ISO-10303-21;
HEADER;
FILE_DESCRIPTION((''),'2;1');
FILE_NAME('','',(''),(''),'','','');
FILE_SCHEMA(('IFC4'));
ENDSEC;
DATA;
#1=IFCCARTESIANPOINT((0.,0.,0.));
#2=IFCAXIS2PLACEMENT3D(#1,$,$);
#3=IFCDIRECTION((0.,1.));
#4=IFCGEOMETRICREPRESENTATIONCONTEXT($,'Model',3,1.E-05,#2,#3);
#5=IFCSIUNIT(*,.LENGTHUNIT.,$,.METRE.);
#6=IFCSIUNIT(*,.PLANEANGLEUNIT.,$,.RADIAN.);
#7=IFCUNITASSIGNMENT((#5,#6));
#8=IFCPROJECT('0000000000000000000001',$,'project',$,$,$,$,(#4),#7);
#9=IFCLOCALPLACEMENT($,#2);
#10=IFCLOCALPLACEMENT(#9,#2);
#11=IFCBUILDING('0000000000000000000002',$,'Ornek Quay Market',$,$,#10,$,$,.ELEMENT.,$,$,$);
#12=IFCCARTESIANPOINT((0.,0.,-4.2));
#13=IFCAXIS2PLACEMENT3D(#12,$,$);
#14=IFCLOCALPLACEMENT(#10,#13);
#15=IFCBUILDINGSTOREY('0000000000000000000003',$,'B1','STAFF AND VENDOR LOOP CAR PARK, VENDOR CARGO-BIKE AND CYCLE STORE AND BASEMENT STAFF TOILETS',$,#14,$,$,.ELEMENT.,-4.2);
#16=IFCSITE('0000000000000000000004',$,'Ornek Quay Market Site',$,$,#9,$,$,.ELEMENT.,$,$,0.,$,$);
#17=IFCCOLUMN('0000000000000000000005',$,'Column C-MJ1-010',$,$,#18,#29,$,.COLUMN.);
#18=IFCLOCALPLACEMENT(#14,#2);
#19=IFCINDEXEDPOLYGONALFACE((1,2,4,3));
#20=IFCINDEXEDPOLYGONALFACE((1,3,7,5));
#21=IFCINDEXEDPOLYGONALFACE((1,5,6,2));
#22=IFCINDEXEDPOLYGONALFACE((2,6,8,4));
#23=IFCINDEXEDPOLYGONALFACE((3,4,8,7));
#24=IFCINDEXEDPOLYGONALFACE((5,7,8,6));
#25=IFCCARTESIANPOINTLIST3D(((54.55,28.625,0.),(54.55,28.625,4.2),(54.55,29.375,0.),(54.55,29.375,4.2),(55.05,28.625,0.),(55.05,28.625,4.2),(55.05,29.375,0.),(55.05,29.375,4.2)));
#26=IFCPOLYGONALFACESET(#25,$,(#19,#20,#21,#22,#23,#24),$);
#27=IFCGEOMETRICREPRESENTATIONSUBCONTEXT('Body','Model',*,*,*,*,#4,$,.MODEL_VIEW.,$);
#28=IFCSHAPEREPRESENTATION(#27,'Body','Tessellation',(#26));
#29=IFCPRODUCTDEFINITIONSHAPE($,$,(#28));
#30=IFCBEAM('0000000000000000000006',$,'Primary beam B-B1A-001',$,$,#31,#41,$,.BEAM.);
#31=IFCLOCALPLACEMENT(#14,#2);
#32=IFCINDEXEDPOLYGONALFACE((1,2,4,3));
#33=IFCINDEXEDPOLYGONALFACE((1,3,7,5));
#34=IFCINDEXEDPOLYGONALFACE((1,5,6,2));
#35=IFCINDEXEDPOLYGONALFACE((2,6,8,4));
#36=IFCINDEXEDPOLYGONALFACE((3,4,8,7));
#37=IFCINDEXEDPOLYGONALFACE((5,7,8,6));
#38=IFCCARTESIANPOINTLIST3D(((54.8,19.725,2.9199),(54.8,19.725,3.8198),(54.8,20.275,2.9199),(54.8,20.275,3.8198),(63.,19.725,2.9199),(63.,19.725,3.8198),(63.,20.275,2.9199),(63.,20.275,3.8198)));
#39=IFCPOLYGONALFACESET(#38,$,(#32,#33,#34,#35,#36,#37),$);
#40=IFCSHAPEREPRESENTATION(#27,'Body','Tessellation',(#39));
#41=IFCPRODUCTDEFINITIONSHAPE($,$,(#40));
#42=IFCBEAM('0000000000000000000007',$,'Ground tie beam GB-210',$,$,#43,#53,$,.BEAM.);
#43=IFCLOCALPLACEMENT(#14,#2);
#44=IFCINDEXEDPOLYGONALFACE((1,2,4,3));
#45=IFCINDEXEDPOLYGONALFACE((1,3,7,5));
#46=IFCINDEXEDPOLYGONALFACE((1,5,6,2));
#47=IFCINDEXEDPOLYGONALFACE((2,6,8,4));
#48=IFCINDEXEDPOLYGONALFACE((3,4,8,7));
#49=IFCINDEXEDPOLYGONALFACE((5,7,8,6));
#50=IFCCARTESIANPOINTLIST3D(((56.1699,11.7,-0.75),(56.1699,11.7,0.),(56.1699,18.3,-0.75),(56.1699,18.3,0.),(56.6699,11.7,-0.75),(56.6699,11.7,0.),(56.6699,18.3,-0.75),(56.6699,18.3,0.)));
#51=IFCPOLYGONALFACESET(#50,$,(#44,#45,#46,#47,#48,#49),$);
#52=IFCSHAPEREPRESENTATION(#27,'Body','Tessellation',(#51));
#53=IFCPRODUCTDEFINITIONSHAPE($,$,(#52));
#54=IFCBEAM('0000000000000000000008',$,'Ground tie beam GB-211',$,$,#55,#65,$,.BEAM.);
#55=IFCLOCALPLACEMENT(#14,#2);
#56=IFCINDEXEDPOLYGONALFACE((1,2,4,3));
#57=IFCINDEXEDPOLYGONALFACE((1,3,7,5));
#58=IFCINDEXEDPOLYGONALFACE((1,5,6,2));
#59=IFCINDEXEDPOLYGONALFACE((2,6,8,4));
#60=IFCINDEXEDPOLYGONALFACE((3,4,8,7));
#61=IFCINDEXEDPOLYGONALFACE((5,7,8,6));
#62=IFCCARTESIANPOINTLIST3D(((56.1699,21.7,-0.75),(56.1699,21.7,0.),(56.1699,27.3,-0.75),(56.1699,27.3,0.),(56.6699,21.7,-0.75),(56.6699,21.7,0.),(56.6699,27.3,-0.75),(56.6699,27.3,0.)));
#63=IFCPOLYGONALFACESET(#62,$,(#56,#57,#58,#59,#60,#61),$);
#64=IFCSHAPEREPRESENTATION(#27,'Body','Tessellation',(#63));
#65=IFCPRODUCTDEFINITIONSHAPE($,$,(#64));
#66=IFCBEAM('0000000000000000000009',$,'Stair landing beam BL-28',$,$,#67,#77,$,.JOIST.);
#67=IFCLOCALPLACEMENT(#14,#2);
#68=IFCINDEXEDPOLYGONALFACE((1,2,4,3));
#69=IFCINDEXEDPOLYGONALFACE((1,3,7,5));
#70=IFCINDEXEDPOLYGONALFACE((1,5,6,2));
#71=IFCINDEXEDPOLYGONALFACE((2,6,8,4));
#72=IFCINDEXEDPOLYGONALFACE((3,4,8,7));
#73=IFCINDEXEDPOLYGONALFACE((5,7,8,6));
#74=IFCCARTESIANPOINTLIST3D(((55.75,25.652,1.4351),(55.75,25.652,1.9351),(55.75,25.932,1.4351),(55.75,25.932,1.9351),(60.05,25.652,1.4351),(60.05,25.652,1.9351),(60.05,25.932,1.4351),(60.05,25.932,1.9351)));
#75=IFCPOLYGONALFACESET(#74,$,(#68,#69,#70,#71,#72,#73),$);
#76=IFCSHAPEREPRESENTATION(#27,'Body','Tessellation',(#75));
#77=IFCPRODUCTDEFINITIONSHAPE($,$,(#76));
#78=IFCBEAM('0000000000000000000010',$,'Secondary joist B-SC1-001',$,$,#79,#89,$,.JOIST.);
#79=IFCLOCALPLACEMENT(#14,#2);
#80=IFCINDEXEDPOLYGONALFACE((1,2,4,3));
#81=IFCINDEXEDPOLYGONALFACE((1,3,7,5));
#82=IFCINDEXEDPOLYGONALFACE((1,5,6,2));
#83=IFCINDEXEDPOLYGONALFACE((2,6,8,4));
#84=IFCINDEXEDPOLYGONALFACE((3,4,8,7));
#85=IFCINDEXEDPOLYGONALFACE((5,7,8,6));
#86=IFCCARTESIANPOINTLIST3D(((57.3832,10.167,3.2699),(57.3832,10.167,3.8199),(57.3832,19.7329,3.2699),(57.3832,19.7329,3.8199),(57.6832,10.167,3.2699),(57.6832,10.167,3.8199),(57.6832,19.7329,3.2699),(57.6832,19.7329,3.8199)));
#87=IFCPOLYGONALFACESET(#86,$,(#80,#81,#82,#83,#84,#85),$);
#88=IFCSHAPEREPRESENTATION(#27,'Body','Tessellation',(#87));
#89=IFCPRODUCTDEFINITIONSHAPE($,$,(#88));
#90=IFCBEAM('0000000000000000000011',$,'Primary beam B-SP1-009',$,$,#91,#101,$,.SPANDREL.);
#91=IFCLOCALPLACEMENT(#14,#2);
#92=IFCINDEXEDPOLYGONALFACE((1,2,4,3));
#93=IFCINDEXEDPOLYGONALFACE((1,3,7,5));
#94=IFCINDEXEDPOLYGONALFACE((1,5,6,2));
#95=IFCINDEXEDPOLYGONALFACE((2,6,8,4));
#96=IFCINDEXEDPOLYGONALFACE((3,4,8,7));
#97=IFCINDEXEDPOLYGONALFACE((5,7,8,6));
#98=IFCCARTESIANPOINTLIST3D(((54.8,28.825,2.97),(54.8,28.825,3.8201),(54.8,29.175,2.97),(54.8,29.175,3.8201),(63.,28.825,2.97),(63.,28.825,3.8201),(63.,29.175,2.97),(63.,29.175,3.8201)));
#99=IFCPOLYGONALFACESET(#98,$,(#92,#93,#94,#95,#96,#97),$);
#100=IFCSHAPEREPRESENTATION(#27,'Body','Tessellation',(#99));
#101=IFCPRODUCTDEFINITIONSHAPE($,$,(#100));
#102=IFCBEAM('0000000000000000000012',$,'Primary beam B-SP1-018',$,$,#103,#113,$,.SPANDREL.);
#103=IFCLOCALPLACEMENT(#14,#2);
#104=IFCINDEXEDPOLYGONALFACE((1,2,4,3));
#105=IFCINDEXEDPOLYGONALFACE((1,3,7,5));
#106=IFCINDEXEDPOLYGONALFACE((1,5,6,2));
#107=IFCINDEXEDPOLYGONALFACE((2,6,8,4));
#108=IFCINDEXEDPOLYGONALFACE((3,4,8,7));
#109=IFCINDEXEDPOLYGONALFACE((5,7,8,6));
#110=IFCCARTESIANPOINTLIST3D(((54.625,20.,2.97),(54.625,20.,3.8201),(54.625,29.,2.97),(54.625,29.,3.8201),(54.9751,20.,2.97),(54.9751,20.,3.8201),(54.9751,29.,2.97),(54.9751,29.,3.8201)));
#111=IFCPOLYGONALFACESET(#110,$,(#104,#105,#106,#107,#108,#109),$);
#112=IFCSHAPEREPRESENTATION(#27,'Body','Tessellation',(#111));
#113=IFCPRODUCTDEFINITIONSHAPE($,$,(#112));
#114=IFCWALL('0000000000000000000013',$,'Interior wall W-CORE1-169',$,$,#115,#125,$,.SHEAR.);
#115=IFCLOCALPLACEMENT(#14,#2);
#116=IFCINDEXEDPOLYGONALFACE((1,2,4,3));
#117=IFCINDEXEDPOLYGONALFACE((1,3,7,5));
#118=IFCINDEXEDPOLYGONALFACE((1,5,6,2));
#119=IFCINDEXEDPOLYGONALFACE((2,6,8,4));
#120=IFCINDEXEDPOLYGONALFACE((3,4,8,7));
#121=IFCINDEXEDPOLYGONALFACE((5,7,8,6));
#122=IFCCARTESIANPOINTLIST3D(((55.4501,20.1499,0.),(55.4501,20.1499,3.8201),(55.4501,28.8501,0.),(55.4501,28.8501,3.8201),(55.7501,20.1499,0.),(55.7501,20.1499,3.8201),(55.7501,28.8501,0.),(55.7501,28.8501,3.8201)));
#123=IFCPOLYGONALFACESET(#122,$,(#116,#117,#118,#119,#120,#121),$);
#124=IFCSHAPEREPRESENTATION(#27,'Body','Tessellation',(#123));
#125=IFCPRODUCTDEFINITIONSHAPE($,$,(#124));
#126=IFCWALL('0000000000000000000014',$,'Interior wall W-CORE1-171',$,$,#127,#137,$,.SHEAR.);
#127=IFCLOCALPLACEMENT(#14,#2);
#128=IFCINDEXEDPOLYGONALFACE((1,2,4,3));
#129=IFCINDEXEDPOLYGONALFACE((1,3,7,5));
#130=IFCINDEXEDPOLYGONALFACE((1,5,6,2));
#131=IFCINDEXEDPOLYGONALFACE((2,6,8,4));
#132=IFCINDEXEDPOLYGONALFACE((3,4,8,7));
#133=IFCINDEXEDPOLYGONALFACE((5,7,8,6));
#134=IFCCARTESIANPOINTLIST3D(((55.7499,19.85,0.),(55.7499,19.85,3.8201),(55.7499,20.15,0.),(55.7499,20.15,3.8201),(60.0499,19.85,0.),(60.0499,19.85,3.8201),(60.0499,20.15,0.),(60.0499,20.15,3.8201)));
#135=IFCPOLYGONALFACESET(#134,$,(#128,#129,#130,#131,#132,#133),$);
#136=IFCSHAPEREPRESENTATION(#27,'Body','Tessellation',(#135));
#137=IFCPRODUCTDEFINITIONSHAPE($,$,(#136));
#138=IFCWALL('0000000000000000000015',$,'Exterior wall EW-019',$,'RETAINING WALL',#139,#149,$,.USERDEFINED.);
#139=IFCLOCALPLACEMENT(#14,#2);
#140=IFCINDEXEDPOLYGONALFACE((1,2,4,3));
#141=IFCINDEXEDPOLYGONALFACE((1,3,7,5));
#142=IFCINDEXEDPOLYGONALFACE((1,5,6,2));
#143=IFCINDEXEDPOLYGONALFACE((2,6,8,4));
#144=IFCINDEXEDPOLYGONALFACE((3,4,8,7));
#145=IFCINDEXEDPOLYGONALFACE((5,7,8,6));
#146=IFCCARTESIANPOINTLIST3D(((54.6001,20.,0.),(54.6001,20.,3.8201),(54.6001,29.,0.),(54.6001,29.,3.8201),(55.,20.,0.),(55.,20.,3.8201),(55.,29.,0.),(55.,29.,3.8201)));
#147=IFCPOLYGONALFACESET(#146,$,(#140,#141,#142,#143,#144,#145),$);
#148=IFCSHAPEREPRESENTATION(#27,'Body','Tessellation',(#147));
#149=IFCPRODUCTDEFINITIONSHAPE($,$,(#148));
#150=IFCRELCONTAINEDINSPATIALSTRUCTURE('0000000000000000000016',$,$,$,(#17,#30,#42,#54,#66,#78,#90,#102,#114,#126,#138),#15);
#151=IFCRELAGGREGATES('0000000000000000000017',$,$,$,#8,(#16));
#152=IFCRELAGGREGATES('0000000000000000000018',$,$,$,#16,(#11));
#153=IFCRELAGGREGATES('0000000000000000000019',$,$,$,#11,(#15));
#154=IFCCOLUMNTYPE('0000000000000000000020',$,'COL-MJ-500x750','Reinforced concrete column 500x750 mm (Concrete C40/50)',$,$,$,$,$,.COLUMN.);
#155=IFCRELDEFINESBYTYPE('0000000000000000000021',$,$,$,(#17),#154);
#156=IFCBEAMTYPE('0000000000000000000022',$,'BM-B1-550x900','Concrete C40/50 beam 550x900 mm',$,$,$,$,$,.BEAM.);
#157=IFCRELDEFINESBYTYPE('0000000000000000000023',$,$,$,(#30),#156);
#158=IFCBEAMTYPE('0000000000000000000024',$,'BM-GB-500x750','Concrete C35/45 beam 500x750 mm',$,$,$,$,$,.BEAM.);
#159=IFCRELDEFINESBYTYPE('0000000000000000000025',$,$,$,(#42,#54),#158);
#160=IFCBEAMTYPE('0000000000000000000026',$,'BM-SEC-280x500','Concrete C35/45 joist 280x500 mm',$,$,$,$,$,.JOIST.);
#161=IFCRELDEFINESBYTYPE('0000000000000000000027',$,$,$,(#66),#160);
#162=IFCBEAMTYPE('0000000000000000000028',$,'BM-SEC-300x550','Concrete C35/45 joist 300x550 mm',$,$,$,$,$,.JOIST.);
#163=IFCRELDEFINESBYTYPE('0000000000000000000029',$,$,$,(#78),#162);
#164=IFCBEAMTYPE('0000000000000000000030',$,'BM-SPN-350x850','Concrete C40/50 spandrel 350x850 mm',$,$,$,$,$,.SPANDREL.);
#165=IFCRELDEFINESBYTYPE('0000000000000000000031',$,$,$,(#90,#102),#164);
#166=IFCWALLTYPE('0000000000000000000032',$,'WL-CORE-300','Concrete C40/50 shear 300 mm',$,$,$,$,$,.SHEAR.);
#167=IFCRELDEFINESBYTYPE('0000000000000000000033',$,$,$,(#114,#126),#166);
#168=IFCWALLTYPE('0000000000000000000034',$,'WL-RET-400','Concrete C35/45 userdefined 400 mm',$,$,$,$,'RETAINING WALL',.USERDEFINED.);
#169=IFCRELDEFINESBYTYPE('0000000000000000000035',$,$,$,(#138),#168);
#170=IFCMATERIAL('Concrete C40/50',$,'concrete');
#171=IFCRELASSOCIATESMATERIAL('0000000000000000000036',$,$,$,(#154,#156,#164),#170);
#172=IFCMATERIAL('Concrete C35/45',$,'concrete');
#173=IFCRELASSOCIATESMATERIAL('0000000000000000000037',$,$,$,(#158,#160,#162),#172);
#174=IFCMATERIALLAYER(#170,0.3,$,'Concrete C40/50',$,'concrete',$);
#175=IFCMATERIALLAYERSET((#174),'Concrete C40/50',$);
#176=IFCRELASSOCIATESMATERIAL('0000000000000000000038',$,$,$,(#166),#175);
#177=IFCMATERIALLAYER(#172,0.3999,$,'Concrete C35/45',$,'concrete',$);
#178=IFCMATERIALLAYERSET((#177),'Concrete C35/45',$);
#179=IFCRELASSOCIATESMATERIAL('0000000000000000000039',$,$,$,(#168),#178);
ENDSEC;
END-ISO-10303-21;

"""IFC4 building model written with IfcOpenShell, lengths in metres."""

from ifc_helpers import new_model, si_unit, direction, frame, frame_2d, origin, origin_2d, place, context, subcontext, project, spatial, rectangle, extrude, material, layer, layer_set, material_profile, profile_set, type_object, element, save


model = new_model("IFC4")

# Units and contexts
model_context = context("Model", 3, precision=1e-05, world=origin(), true_north=direction((0.0, 1.0)))
body_context = subcontext(model_context, "Body", "Model", "MODEL_VIEW")
ifc_project = project(units=[si_unit("LENGTHUNIT", "METRE"), si_unit("PLANEANGLEUNIT", "RADIAN")], contexts=[model_context])

# Site, building, storey
site_placement = place(None, origin())
site = spatial("IfcSite", under=ifc_project, at=site_placement, Name="Ornek Quay Market Site", CompositionType="ELEMENT", RefElevation=0.0)
building_placement = place(site_placement, origin())
building = spatial("IfcBuilding", under=site, at=building_placement, Name="Ornek Quay Market", CompositionType="ELEMENT")
storey_placement = place(building_placement, frame((0.0, 0.0, -4.2)))
storey = spatial("IfcBuildingStorey", under=building, at=storey_placement, Name="B1", Description="STAFF AND VENDOR LOOP CAR PARK, VENDOR CARGO-BIKE AND CYCLE STORE AND BASEMENT STAFF TOILETS", CompositionType="ELEMENT", Elevation=-4.2)

# Shared definitions
ifc_material_1 = material(Name="Concrete C35/45", Category="concrete")

# Column
ifc_material_2 = material(Name="Concrete C40/50", Category="concrete")
ifc_material_profile_1 = material_profile(ifc_material_2, rectangle(XDim=0.5, YDim=0.75, at=origin_2d()), Name="RC 500x750", Category="concrete")
ifc_profile_set_1 = profile_set([ifc_material_profile_1], Name="Concrete C40/50")
column_type = type_object("IfcColumnType", Name="COL-MJ-500x750", Description="Reinforced concrete column 500x750 mm (Concrete C40/50)", PredefinedType="COLUMN", material=ifc_profile_set_1)
column_placement = place(storey_placement, frame((54.8, 29.0, 0.0), z_axis=(0.0, 0.0, 1.0), x_axis=(1.0, 0.0, 0.0)))
element("IfcColumn", 1, at=column_placement, inside=storey, type_object=column_type, Name="Column C-MJ1-010", PredefinedType="COLUMN", context=body_context, shape_type="SweptSolid", body=[
    extrude(rectangle(XDim=0.5, YDim=0.75, at=origin_2d()), origin(), (0.0, 0.0, 1.0), 4.2),
])

# Beams
ifc_material_profile_2 = material_profile(ifc_material_2, rectangle(XDim=0.55, YDim=0.8999, at=origin_2d()), Name="RC 550x900", Category="concrete")
ifc_profile_set_2 = profile_set([ifc_material_profile_2], Name="Concrete C40/50")
beam_type_1 = type_object("IfcBeamType", Name="BM-B1-550x900", Description="Concrete C40/50 beam 550x900 mm", PredefinedType="BEAM", material=ifc_profile_set_2)
beam_1_placement = place(storey_placement, frame((54.8, 20.0, 3.3699), z_axis=(1.0, 0.0, 0.0), x_axis=(0.0, 1.0, 0.0)))
element("IfcBeam", 2, at=beam_1_placement, inside=storey, type_object=beam_type_1, Name="Primary beam B-B1A-001", PredefinedType="BEAM", context=body_context, shape_type="SweptSolid", body=[
    extrude(rectangle(XDim=0.55, YDim=0.8999, at=origin_2d()), origin(), (0.0, 0.0, 1.0), 8.2),
])
ifc_material_profile_3 = material_profile(ifc_material_1, rectangle(XDim=0.5, YDim=0.75, at=origin_2d()), Name="RC 500x750", Category="concrete")
ifc_profile_set_3 = profile_set([ifc_material_profile_3], Name="Concrete C35/45")
beam_type_2 = type_object("IfcBeamType", Name="BM-GB-500x750", Description="Concrete C35/45 beam 500x750 mm", PredefinedType="BEAM", material=ifc_profile_set_3)
beam_2_placement = place(storey_placement, frame((56.4199, 11.7, -0.375), z_axis=(0.0, 1.0, 0.0), x_axis=(-1.0, 0.0, 0.0)))
element("IfcBeam", 3, at=beam_2_placement, inside=storey, type_object=beam_type_2, Name="Ground tie beam GB-210", PredefinedType="BEAM", context=body_context, shape_type="SweptSolid", body=[
    extrude(rectangle(XDim=0.5, YDim=0.75, at=origin_2d()), origin(), (0.0, 0.0, 1.0), 6.6001),
])
beam_3_placement = place(storey_placement, frame((56.4199, 21.7, -0.375), z_axis=(0.0, 1.0, 0.0), x_axis=(-1.0, 0.0, 0.0)))
element("IfcBeam", 4, at=beam_3_placement, inside=storey, type_object=beam_type_2, Name="Ground tie beam GB-211", PredefinedType="BEAM", context=body_context, shape_type="SweptSolid", body=[
    extrude(rectangle(XDim=0.5, YDim=0.75, at=origin_2d()), origin(), (0.0, 0.0, 1.0), 5.6001),
])
ifc_material_profile_4 = material_profile(ifc_material_1, rectangle(XDim=0.28, YDim=0.5, at=origin_2d()), Name="RC 280x500", Category="concrete")
ifc_profile_set_4 = profile_set([ifc_material_profile_4], Name="Concrete C35/45")
beam_type_3 = type_object("IfcBeamType", Name="BM-SEC-280x500", Description="Concrete C35/45 joist 280x500 mm", PredefinedType="JOIST", material=ifc_profile_set_4)
beam_4_placement = place(storey_placement, frame((55.75, 25.792, 1.6851), z_axis=(1.0, 0.0, 0.0), x_axis=(0.0, 1.0, 0.0)))
element("IfcBeam", 5, at=beam_4_placement, inside=storey, type_object=beam_type_3, Name="Stair landing beam BL-28", PredefinedType="JOIST", context=body_context, shape_type="SweptSolid", body=[
    extrude(rectangle(XDim=0.28, YDim=0.5, at=origin_2d()), origin(), (0.0, 0.0, 1.0), 4.3),
])
ifc_material_profile_5 = material_profile(ifc_material_1, rectangle(XDim=0.3, YDim=0.55, at=origin_2d()), Name="RC 300x550", Category="concrete")
ifc_profile_set_5 = profile_set([ifc_material_profile_5], Name="Concrete C35/45")
beam_type_4 = type_object("IfcBeamType", Name="BM-SEC-300x550", Description="Concrete C35/45 joist 300x550 mm", PredefinedType="JOIST", material=ifc_profile_set_5)
beam_5_placement = place(storey_placement, frame((57.5332, 10.167, 3.5449), z_axis=(0.0, 1.0, 0.0), x_axis=(-1.0, 0.0, 0.0)))
element("IfcBeam", 6, at=beam_5_placement, inside=storey, type_object=beam_type_4, Name="Secondary joist B-SC1-001", PredefinedType="JOIST", context=body_context, shape_type="SweptSolid", body=[
    extrude(rectangle(XDim=0.3, YDim=0.55, at=origin_2d()), origin(), (0.0, 0.0, 1.0), 9.5659),
])
ifc_material_profile_6 = material_profile(ifc_material_2, rectangle(XDim=0.3501, YDim=0.8501, at=origin_2d()), Name="RC 350x850", Category="concrete")
ifc_profile_set_6 = profile_set([ifc_material_profile_6], Name="Concrete C40/50")
beam_type_5 = type_object("IfcBeamType", Name="BM-SPN-350x850", Description="Concrete C40/50 spandrel 350x850 mm", PredefinedType="SPANDREL", material=ifc_profile_set_6)
beam_6_placement = place(storey_placement, frame((54.8, 29.0, 3.395), z_axis=(1.0, 0.0, 0.0), x_axis=(0.0, 1.0, 0.0)))
element("IfcBeam", 7, at=beam_6_placement, inside=storey, type_object=beam_type_5, Name="Primary beam B-SP1-009", PredefinedType="SPANDREL", context=body_context, shape_type="SweptSolid", body=[
    extrude(rectangle(XDim=0.3501, YDim=0.8501, at=origin_2d()), origin(), (0.0, 0.0, 1.0), 8.2),
])
beam_7_placement = place(storey_placement, frame((54.8, 20.0, 3.395), z_axis=(0.0, 1.0, 0.0), x_axis=(-1.0, 0.0, 0.0)))
element("IfcBeam", 8, at=beam_7_placement, inside=storey, type_object=beam_type_5, Name="Primary beam B-SP1-018", PredefinedType="SPANDREL", context=body_context, shape_type="SweptSolid", body=[
    extrude(rectangle(XDim=0.3501, YDim=0.8501, at=origin_2d()), origin(), (0.0, 0.0, 1.0), 9.0),
])

# Walls
ifc_layer_1 = layer(ifc_material_2, 0.3, Name="Concrete C40/50", Category="concrete")
ifc_layer_set_1 = layer_set([ifc_layer_1], Name="Concrete C40/50")
wall_type_1 = type_object("IfcWallType", Name="WL-CORE-300", Description="Concrete C40/50 shear 300 mm", PredefinedType="SHEAR", material=ifc_layer_set_1)
wall_1_placement = place(storey_placement, frame((55.6001, 20.1499, 0.0), z_axis=(0.0, 0.0, 1.0), x_axis=(0.0, 1.0, 0.0)))
element("IfcWall", 9, at=wall_1_placement, inside=storey, type_object=wall_type_1, Name="Interior wall W-CORE1-169", PredefinedType="SHEAR", context=body_context, shape_type="SweptSolid", body=[
    extrude(rectangle(XDim=8.7002, YDim=0.3, at=frame_2d((4.3501, 0.0))), origin(), (0.0, 0.0, 1.0), 3.8201),
])
wall_2_placement = place(storey_placement, frame((55.75, 20.0, 0.0), z_axis=(0.0, 0.0, 1.0), x_axis=(1.0, 0.0, 0.0)))
element("IfcWall", 10, at=wall_2_placement, inside=storey, type_object=wall_type_1, Name="Interior wall W-CORE1-171", PredefinedType="SHEAR", context=body_context, shape_type="SweptSolid", body=[
    extrude(rectangle(XDim=4.3, YDim=0.3, at=frame_2d((2.1499, 0.0))), origin(), (0.0, 0.0, 1.0), 3.8201),
])
ifc_layer_2 = layer(ifc_material_1, 0.3999, Name="Concrete C35/45", Category="concrete")
ifc_layer_set_2 = layer_set([ifc_layer_2], Name="Concrete C35/45")
wall_type_2 = type_object("IfcWallType", Name="WL-RET-400", Description="Concrete C35/45 userdefined 400 mm", ElementType="RETAINING WALL", PredefinedType="USERDEFINED", material=ifc_layer_set_2)
wall_3_placement = place(storey_placement, frame((54.8, 20.0, 0.0), z_axis=(0.0, 0.0, 1.0), x_axis=(0.0, 1.0, 0.0)))
element("IfcWall", 11, at=wall_3_placement, inside=storey, type_object=wall_type_2, Name="Exterior wall EW-019", ObjectType="RETAINING WALL", PredefinedType="USERDEFINED", context=body_context, shape_type="SweptSolid", body=[
    extrude(rectangle(XDim=9.0, YDim=0.3999, at=frame_2d((4.5, 0.0))), origin(), (0.0, 0.0, 1.0), 3.8201),
])

save(model, "model.ifc")
